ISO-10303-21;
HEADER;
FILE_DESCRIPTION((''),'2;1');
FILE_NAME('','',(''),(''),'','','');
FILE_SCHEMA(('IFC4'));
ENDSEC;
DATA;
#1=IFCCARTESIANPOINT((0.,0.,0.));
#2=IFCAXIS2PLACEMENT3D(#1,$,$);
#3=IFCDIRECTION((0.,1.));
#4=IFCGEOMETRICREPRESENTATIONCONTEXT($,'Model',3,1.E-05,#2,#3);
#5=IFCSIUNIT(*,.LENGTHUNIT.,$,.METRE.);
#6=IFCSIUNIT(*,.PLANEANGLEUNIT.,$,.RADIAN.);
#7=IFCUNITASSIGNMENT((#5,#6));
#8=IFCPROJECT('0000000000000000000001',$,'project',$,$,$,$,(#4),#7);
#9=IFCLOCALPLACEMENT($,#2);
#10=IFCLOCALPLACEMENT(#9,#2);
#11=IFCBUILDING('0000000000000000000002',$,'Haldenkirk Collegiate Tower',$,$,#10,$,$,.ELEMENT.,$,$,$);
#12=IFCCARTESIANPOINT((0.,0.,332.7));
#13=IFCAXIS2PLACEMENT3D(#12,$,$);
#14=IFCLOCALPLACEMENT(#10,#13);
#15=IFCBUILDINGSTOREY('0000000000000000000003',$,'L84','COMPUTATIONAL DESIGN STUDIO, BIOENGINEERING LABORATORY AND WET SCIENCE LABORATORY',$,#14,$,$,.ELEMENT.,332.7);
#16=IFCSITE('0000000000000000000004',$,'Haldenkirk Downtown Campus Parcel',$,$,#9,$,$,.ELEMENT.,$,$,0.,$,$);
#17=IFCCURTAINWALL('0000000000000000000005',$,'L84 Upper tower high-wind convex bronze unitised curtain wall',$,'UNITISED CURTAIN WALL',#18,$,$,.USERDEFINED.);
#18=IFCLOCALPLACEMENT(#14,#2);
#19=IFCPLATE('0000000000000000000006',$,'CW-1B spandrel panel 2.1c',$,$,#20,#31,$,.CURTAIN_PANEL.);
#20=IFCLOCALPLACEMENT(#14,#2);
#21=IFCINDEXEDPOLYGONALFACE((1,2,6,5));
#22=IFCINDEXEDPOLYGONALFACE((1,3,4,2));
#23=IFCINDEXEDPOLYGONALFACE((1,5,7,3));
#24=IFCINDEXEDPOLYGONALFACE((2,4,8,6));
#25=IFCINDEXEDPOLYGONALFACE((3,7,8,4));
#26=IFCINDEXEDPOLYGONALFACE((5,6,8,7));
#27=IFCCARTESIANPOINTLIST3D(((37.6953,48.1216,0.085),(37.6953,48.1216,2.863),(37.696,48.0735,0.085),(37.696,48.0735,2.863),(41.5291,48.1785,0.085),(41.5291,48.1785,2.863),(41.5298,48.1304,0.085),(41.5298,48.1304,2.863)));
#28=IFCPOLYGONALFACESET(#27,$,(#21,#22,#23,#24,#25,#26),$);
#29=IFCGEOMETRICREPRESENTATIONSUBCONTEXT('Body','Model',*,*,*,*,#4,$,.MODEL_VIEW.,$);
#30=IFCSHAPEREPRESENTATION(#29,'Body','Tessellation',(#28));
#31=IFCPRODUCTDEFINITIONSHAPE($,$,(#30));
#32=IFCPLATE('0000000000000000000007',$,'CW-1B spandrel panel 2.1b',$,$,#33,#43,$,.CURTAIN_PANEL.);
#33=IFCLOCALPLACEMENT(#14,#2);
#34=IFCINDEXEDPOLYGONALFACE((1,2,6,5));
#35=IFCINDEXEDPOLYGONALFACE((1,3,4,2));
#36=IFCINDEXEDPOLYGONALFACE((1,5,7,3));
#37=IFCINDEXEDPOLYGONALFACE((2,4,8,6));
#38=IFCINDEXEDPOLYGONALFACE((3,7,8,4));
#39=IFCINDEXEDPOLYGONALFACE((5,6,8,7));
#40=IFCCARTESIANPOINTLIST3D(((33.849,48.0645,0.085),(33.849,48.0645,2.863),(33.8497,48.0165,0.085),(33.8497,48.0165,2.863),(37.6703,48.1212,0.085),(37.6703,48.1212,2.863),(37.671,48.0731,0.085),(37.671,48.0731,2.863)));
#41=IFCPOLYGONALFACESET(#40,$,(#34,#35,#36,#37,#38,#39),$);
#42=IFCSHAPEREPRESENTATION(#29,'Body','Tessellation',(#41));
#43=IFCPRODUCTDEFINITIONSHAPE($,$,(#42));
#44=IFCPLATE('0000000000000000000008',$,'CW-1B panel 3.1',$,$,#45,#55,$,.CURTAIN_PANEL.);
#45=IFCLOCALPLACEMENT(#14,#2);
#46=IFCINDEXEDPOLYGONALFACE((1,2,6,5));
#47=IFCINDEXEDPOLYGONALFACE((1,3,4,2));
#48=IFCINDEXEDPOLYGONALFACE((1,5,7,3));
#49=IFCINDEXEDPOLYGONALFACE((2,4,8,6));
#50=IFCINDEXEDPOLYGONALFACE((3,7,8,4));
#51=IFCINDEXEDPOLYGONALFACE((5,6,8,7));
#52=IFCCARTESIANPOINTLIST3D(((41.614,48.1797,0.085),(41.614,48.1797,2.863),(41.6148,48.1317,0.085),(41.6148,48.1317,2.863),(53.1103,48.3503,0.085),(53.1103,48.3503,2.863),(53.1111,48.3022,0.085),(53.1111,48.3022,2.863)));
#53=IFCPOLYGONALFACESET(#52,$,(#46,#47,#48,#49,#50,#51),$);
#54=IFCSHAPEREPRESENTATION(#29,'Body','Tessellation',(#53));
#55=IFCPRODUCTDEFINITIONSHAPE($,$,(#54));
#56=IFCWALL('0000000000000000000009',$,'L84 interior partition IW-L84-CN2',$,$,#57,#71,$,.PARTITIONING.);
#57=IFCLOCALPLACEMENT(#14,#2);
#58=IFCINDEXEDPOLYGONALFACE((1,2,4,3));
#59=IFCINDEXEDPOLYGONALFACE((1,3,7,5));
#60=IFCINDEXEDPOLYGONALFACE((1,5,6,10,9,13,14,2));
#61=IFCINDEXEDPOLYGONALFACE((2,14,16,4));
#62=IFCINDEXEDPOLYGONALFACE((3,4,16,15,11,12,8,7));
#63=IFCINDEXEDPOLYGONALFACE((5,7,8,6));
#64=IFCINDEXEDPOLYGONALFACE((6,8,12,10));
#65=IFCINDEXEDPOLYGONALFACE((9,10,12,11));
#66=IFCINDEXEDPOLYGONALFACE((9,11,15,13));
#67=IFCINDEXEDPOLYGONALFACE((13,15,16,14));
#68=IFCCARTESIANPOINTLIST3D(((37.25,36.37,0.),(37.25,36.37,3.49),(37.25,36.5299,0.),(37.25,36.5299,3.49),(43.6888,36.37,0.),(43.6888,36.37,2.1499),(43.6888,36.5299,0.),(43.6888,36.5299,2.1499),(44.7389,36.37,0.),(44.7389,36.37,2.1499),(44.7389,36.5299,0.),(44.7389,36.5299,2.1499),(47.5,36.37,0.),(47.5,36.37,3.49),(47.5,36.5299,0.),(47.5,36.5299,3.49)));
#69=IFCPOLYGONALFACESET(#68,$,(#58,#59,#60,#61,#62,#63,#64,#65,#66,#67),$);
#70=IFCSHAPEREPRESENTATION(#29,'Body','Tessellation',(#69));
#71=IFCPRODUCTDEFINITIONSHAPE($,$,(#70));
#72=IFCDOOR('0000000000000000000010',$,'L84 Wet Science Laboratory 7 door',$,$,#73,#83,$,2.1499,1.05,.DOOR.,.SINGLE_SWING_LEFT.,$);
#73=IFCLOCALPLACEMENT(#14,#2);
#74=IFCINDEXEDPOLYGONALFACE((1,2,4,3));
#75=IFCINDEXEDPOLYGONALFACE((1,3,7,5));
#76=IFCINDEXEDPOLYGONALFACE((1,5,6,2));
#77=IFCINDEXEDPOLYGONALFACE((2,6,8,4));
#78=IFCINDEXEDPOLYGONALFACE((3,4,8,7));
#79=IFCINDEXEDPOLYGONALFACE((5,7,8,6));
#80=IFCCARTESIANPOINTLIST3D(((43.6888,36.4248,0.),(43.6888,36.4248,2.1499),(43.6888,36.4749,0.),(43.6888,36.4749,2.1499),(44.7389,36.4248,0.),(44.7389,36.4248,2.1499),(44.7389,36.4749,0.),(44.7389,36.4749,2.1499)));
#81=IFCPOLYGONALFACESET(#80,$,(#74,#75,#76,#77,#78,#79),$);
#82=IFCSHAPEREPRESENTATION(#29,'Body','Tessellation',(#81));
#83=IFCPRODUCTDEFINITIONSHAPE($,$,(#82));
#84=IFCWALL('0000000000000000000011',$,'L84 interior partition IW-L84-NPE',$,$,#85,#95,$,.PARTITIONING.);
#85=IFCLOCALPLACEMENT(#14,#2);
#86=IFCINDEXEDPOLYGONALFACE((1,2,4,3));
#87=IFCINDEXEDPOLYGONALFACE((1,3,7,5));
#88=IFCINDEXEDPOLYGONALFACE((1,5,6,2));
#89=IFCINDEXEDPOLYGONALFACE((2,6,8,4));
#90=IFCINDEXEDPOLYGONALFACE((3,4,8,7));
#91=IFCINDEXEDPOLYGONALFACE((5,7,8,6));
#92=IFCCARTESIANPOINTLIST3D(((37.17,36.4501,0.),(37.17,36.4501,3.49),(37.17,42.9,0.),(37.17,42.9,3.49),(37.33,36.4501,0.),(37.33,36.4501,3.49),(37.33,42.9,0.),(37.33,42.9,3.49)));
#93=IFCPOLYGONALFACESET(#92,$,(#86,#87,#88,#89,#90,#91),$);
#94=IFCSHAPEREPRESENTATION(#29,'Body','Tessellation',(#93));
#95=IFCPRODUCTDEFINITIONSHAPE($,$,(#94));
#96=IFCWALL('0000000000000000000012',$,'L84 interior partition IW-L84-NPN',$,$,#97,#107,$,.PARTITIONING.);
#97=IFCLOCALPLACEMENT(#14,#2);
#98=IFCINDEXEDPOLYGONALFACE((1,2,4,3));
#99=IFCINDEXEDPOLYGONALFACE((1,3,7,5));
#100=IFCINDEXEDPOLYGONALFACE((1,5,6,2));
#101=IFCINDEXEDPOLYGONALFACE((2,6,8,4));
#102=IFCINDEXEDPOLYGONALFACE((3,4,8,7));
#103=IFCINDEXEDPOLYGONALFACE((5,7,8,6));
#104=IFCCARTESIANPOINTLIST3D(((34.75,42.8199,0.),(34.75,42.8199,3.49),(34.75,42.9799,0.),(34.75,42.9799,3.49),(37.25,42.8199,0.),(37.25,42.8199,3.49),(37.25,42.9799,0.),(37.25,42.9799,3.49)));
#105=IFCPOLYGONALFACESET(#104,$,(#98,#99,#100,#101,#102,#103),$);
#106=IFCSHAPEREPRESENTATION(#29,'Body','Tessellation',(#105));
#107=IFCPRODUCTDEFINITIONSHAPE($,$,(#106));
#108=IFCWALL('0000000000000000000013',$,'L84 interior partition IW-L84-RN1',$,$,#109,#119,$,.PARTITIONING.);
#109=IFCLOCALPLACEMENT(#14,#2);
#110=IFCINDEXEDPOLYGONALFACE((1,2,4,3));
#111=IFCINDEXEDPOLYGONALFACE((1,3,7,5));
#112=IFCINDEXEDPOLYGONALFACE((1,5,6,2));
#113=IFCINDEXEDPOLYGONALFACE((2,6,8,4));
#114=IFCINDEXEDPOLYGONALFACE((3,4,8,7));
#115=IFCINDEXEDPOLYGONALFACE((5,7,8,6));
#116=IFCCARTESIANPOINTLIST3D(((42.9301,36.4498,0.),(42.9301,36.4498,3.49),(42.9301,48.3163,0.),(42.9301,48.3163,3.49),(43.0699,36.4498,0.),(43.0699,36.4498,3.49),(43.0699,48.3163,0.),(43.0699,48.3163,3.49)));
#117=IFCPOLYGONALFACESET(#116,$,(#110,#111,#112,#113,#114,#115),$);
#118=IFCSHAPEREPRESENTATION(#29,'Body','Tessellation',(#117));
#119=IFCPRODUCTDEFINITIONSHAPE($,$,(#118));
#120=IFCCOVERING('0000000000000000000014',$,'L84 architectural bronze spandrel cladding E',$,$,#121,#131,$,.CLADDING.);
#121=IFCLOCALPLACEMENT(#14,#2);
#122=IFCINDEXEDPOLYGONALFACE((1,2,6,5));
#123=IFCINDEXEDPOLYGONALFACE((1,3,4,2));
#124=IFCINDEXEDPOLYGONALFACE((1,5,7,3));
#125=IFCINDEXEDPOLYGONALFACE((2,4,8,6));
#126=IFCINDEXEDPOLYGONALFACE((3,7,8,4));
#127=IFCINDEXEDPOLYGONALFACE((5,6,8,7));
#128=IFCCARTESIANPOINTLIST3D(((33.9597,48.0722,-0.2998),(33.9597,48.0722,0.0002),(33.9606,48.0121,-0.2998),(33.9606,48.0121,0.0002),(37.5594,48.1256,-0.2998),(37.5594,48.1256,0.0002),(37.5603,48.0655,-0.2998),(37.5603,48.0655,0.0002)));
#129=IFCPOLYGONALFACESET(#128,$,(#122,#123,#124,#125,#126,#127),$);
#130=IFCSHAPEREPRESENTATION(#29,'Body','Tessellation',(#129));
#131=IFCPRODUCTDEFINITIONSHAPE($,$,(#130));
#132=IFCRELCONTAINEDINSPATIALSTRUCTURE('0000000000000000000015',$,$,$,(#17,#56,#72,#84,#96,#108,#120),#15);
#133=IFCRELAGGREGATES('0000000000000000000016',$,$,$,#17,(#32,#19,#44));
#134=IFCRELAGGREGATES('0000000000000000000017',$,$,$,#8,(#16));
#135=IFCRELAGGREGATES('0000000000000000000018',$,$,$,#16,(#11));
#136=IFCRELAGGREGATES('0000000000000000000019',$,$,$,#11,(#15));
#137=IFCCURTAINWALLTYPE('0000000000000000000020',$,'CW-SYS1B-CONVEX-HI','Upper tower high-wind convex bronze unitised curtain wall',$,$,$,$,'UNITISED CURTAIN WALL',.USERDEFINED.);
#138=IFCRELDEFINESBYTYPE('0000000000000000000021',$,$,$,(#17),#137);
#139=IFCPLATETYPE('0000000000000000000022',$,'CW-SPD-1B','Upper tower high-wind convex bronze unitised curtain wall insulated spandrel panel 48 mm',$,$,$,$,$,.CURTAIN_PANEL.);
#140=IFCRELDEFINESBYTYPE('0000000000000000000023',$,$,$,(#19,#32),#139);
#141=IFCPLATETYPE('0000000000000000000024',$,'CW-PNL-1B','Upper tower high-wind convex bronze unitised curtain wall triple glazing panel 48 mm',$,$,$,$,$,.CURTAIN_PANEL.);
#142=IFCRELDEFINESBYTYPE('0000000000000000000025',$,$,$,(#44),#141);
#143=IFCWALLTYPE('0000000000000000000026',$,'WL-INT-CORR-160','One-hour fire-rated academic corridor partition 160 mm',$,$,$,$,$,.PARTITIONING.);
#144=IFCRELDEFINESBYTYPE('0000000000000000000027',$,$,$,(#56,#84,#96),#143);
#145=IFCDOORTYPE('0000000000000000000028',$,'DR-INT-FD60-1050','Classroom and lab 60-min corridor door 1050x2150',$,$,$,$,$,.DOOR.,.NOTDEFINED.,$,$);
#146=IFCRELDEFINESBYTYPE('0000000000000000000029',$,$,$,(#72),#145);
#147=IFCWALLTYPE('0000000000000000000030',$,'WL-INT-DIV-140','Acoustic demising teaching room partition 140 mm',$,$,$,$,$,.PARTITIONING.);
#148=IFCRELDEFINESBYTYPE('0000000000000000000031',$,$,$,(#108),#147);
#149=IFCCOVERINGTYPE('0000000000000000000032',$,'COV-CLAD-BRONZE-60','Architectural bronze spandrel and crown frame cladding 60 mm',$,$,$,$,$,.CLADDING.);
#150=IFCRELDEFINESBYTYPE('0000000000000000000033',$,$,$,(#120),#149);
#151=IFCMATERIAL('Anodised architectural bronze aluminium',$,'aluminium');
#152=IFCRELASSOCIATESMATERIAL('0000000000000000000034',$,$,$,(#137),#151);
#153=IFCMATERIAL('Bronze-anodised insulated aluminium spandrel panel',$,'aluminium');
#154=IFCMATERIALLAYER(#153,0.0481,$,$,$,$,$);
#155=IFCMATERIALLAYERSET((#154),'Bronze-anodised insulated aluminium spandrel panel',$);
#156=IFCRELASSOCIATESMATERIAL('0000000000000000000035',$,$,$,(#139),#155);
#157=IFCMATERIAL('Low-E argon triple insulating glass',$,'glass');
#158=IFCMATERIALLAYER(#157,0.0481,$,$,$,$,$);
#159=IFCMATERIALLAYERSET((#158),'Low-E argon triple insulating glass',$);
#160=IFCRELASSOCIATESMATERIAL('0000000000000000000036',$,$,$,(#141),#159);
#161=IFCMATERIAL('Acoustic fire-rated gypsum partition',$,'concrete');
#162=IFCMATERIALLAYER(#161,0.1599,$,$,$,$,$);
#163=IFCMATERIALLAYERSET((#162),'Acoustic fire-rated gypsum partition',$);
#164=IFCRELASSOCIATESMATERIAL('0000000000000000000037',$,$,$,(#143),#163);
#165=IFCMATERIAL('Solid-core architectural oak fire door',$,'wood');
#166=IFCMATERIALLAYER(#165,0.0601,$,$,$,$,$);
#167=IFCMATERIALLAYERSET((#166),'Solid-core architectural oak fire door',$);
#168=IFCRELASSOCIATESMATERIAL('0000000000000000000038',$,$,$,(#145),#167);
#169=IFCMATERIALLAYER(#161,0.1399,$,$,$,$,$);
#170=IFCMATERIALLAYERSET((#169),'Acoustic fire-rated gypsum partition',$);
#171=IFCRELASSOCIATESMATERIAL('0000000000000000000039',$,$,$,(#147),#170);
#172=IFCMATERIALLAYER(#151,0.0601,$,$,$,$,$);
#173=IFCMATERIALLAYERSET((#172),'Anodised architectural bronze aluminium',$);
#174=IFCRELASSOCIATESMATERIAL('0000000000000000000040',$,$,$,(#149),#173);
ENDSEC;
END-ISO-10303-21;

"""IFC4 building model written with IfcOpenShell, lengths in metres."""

from ifc_helpers import new_model, si_unit, direction, frame, frame_2d, origin, origin_2d, place, context, subcontext, project, spatial, rectangle, extrude, source, transform, mapped, material, layer, layer_set, type_object, element, fill, aggregate, save


model = new_model("IFC4")

# Units and contexts
model_context = context("Model", 3, precision=1e-05, world=origin(), true_north=direction((0.0, 1.0)))
body_context = subcontext(model_context, "Body", "Model", "MODEL_VIEW")
ifc_project = project(units=[si_unit("LENGTHUNIT", "METRE"), si_unit("PLANEANGLEUNIT", "RADIAN")], contexts=[model_context])

# Site, building, storey
site_placement = place(None, origin())
site = spatial("IfcSite", under=ifc_project, at=site_placement, Name="Haldenkirk Downtown Campus Parcel", CompositionType="ELEMENT", RefElevation=0.0)
building_placement = place(site_placement, origin())
building = spatial("IfcBuilding", under=site, at=building_placement, Name="Haldenkirk Collegiate Tower", CompositionType="ELEMENT")
storey_placement = place(building_placement, frame((0.0, 0.0, 332.7)))
storey = spatial("IfcBuildingStorey", under=building, at=storey_placement, Name="L84", Description="COMPUTATIONAL DESIGN STUDIO, BIOENGINEERING LABORATORY AND WET SCIENCE LABORATORY", CompositionType="ELEMENT", Elevation=332.7)

# Curtain wall
ifc_material_1 = material(Name="Anodised architectural bronze aluminium", Category="aluminium")
curtain_wall_type = type_object("IfcCurtainWallType", Name="CW-SYS1B-CONVEX-HI", Description="Upper tower high-wind convex bronze unitised curtain wall", ElementType="UNITISED CURTAIN WALL", PredefinedType="USERDEFINED", material=ifc_material_1)
curtain_wall_placement = place(storey_placement, origin())
curtain_wall = element("IfcCurtainWall", 1, at=curtain_wall_placement, inside=storey, type_object=curtain_wall_type, Name="L84 Upper tower high-wind convex bronze unitised curtain wall", ObjectType="UNITISED CURTAIN WALL", PredefinedType="USERDEFINED")

# Plates
ifc_material_2 = material(Name="Bronze-anodised insulated aluminium spandrel panel", Category="aluminium")
ifc_layer_1 = layer(ifc_material_2, 0.0481)
ifc_layer_set_1 = layer_set([ifc_layer_1], Name="Bronze-anodised insulated aluminium spandrel panel")
plate_type_1 = type_object("IfcPlateType", Name="CW-SPD-1B", Description="Upper tower high-wind convex bronze unitised curtain wall insulated spandrel panel 48 mm", PredefinedType="CURTAIN_PANEL", material=ifc_layer_set_1)
shared_shape_1 = source(origin(), body_context, "Body", "SweptSolid", [
    extrude(rectangle(XDim=3.8342, YDim=0.0481, at=origin_2d()), origin(), (0.0, 0.0, 1.0), 2.7781),
])
plate_1_placement = place(storey_placement, frame((39.6125, 48.126, 0.085), z_axis=(0.0, 0.0, 1.0), x_axis=(0.99989, 0.014833, 0.0)))
plate_1 = element("IfcPlate", 2, at=plate_1_placement, type_object=plate_type_1, Name="CW-1B spandrel panel 2.1c", PredefinedType="CURTAIN_PANEL", context=body_context, shape_type="MappedRepresentation", body=[
    mapped(shared_shape_1, transform((0.0, 0.0, 0.0), x_axis=(1.0, 0.0, 0.0), y_axis=(0.0, 1.0, 0.0), z_axis=(0.0, 0.0, 1.0), scale=1.0)),
])
shared_shape_2 = source(origin(), body_context, "Body", "SweptSolid", [
    extrude(rectangle(XDim=3.8218, YDim=0.0481, at=origin_2d()), origin(), (0.0, 0.0, 1.0), 2.7781),
])
plate_2_placement = place(storey_placement, frame((35.76, 48.0688, 0.085), z_axis=(0.0, 0.0, 1.0), x_axis=(0.99989, 0.014833, 0.0)))
plate_2 = element("IfcPlate", 3, at=plate_2_placement, type_object=plate_type_1, Name="CW-1B spandrel panel 2.1b", PredefinedType="CURTAIN_PANEL", context=body_context, shape_type="MappedRepresentation", body=[
    mapped(shared_shape_2, transform((0.0, 0.0, 0.0), x_axis=(1.0, 0.0, 0.0), y_axis=(0.0, 1.0, 0.0), z_axis=(0.0, 0.0, 1.0), scale=1.0)),
])
ifc_material_3 = material(Name="Low-E argon triple insulating glass", Category="glass")
ifc_layer_2 = layer(ifc_material_3, 0.0481)
ifc_layer_set_2 = layer_set([ifc_layer_2], Name="Low-E argon triple insulating glass")
plate_type_2 = type_object("IfcPlateType", Name="CW-PNL-1B", Description="Upper tower high-wind convex bronze unitised curtain wall triple glazing panel 48 mm", PredefinedType="CURTAIN_PANEL", material=ifc_layer_set_2)
shared_shape_3 = source(origin(), body_context, "Body", "SweptSolid", [
    extrude(rectangle(XDim=11.4976, YDim=0.0481, at=origin_2d()), origin(), (0.0, 0.0, 1.0), 2.7781),
])
plate_3_placement = place(storey_placement, frame((47.3625, 48.241, 0.085), z_axis=(0.0, 0.0, 1.0), x_axis=(0.99989, 0.014833, 0.0)))
plate_3 = element("IfcPlate", 4, at=plate_3_placement, type_object=plate_type_2, Name="CW-1B panel 3.1", PredefinedType="CURTAIN_PANEL", context=body_context, shape_type="MappedRepresentation", body=[
    mapped(shared_shape_3, transform((0.0, 0.0, 0.0), x_axis=(1.0, 0.0, 0.0), y_axis=(0.0, 1.0, 0.0), z_axis=(0.0, 0.0, 1.0), scale=1.0)),
])
aggregate(curtain_wall, [plate_2, plate_1, plate_3])

# Wall, opening, door
ifc_material_4 = material(Name="Acoustic fire-rated gypsum partition", Category="concrete")
ifc_layer_3 = layer(ifc_material_4, 0.1599)
ifc_layer_set_3 = layer_set([ifc_layer_3], Name="Acoustic fire-rated gypsum partition")
wall_type_1 = type_object("IfcWallType", Name="WL-INT-CORR-160", Description="One-hour fire-rated academic corridor partition 160 mm", PredefinedType="PARTITIONING", material=ifc_layer_set_3)
wall_1_placement = place(storey_placement, frame((37.25, 36.45, 0.0), z_axis=(0.0, 0.0, 1.0), x_axis=(1.0, 0.0, 0.0)))
wall_1 = element("IfcWall", 5, at=wall_1_placement, inside=storey, type_object=wall_type_1, Name="L84 interior partition IW-L84-CN2", PredefinedType="PARTITIONING", context=body_context, shape_type="SweptSolid", body=[
    extrude(rectangle(XDim=10.25, YDim=0.1599, at=frame_2d((5.125, 0.0))), origin(), (0.0, 0.0, 1.0), 3.49),
])
opening_placement = place(wall_1_placement, frame((6.439, 0.0, 0.0)))
opening = element("IfcOpeningElement", 6, at=opening_placement, cuts=wall_1, PredefinedType="OPENING", context=body_context, shape_type="SweptSolid", body=[
    extrude(rectangle(XDim=1.05, YDim=2.1499, at=frame_2d((0.5249, 1.075))), frame((0.0, 0.0898, 0.0), z_axis=(0.0, -1.0, 0.0), x_axis=(1.0, 0.0, 0.0)), (0.0, 0.0, 1.0), 0.1799),
])
ifc_material_5 = material(Name="Solid-core architectural oak fire door", Category="wood")
ifc_layer_4 = layer(ifc_material_5, 0.0601)
ifc_layer_set_4 = layer_set([ifc_layer_4], Name="Solid-core architectural oak fire door")
door_type = type_object("IfcDoorType", Name="DR-INT-FD60-1050", Description="Classroom and lab 60-min corridor door 1050x2150", OperationType="NOTDEFINED", PredefinedType="DOOR", material=ifc_layer_set_4)
door_placement = place(opening_placement, origin())
door = element("IfcDoor", 7, at=door_placement, inside=storey, type_object=door_type, Name="L84 Wet Science Laboratory 7 door", OperationType="SINGLE_SWING_LEFT", OverallHeight=2.1499, OverallWidth=1.05, PredefinedType="DOOR", context=body_context, shape_type="SweptSolid", body=[
    extrude(rectangle(XDim=1.05, YDim=2.1499, at=frame_2d((0.5249, 1.075))), frame((0.0, 0.0249, 0.0), z_axis=(0.0, -1.0, 0.0), x_axis=(1.0, 0.0, 0.0)), (0.0, 0.0, 1.0), 0.05),
])
fill(opening, door)

# Walls
wall_2_placement = place(storey_placement, frame((37.25, 36.45, 0.0), z_axis=(0.0, 0.0, 1.0), x_axis=(0.0, 1.0, 0.0)))
element("IfcWall", 8, at=wall_2_placement, inside=storey, type_object=wall_type_1, Name="L84 interior partition IW-L84-NPE", PredefinedType="PARTITIONING", context=body_context, shape_type="SweptSolid", body=[
    extrude(rectangle(XDim=6.45, YDim=0.1599, at=frame_2d((3.2251, 0.0))), origin(), (0.0, 0.0, 1.0), 3.49),
])
wall_3_placement = place(storey_placement, frame((34.75, 42.8999, 0.0), z_axis=(0.0, 0.0, 1.0), x_axis=(1.0, 0.0, 0.0)))
element("IfcWall", 9, at=wall_3_placement, inside=storey, type_object=wall_type_1, Name="L84 interior partition IW-L84-NPN", PredefinedType="PARTITIONING", context=body_context, shape_type="SweptSolid", body=[
    extrude(rectangle(XDim=2.5, YDim=0.1599, at=frame_2d((1.25, 0.0))), origin(), (0.0, 0.0, 1.0), 3.49),
])
ifc_layer_5 = layer(ifc_material_4, 0.1399)
ifc_layer_set_5 = layer_set([ifc_layer_5], Name="Acoustic fire-rated gypsum partition")
wall_type_2 = type_object("IfcWallType", Name="WL-INT-DIV-140", Description="Acoustic demising teaching room partition 140 mm", PredefinedType="PARTITIONING", material=ifc_layer_set_5)
wall_4_placement = place(storey_placement, frame((43.0, 36.45, 0.0), z_axis=(0.0, 0.0, 1.0), x_axis=(0.0, 1.0, 0.0)))
element("IfcWall", 10, at=wall_4_placement, inside=storey, type_object=wall_type_2, Name="L84 interior partition IW-L84-RN1", PredefinedType="PARTITIONING", context=body_context, shape_type="SweptSolid", body=[
    extrude(rectangle(XDim=11.8665, YDim=0.1399, at=frame_2d((5.9331, 0.0))), origin(), (0.0, 0.0, 1.0), 3.49),
])

# Covering
ifc_layer_6 = layer(ifc_material_1, 0.0601)
ifc_layer_set_6 = layer_set([ifc_layer_6], Name="Anodised architectural bronze aluminium")
covering_type = type_object("IfcCoveringType", Name="COV-CLAD-BRONZE-60", Description="Architectural bronze spandrel and crown frame cladding 60 mm", PredefinedType="CLADDING", material=ifc_layer_set_6)
shared_shape_4 = source(origin(), body_context, "Body", "SweptSolid", [
    extrude(rectangle(XDim=3.6001, YDim=0.0601, at=origin_2d()), origin(), (0.0, 0.0, 1.0), 0.3),
])
covering_placement = place(storey_placement, frame((35.76, 48.0688, -0.2998), z_axis=(0.0, 0.0, 1.0), x_axis=(0.99989, 0.014835, 0.0)))
element("IfcCovering", 11, at=covering_placement, inside=storey, type_object=covering_type, Name="L84 architectural bronze spandrel cladding E", PredefinedType="CLADDING", context=body_context, shape_type="MappedRepresentation", body=[
    mapped(shared_shape_4, transform((0.0, 0.0, 0.0), x_axis=(1.0, 0.0, 0.0), y_axis=(0.0, 1.0, 0.0), z_axis=(0.0, 0.0, 1.0), scale=1.0)),
])

save(model, "model.ifc")
